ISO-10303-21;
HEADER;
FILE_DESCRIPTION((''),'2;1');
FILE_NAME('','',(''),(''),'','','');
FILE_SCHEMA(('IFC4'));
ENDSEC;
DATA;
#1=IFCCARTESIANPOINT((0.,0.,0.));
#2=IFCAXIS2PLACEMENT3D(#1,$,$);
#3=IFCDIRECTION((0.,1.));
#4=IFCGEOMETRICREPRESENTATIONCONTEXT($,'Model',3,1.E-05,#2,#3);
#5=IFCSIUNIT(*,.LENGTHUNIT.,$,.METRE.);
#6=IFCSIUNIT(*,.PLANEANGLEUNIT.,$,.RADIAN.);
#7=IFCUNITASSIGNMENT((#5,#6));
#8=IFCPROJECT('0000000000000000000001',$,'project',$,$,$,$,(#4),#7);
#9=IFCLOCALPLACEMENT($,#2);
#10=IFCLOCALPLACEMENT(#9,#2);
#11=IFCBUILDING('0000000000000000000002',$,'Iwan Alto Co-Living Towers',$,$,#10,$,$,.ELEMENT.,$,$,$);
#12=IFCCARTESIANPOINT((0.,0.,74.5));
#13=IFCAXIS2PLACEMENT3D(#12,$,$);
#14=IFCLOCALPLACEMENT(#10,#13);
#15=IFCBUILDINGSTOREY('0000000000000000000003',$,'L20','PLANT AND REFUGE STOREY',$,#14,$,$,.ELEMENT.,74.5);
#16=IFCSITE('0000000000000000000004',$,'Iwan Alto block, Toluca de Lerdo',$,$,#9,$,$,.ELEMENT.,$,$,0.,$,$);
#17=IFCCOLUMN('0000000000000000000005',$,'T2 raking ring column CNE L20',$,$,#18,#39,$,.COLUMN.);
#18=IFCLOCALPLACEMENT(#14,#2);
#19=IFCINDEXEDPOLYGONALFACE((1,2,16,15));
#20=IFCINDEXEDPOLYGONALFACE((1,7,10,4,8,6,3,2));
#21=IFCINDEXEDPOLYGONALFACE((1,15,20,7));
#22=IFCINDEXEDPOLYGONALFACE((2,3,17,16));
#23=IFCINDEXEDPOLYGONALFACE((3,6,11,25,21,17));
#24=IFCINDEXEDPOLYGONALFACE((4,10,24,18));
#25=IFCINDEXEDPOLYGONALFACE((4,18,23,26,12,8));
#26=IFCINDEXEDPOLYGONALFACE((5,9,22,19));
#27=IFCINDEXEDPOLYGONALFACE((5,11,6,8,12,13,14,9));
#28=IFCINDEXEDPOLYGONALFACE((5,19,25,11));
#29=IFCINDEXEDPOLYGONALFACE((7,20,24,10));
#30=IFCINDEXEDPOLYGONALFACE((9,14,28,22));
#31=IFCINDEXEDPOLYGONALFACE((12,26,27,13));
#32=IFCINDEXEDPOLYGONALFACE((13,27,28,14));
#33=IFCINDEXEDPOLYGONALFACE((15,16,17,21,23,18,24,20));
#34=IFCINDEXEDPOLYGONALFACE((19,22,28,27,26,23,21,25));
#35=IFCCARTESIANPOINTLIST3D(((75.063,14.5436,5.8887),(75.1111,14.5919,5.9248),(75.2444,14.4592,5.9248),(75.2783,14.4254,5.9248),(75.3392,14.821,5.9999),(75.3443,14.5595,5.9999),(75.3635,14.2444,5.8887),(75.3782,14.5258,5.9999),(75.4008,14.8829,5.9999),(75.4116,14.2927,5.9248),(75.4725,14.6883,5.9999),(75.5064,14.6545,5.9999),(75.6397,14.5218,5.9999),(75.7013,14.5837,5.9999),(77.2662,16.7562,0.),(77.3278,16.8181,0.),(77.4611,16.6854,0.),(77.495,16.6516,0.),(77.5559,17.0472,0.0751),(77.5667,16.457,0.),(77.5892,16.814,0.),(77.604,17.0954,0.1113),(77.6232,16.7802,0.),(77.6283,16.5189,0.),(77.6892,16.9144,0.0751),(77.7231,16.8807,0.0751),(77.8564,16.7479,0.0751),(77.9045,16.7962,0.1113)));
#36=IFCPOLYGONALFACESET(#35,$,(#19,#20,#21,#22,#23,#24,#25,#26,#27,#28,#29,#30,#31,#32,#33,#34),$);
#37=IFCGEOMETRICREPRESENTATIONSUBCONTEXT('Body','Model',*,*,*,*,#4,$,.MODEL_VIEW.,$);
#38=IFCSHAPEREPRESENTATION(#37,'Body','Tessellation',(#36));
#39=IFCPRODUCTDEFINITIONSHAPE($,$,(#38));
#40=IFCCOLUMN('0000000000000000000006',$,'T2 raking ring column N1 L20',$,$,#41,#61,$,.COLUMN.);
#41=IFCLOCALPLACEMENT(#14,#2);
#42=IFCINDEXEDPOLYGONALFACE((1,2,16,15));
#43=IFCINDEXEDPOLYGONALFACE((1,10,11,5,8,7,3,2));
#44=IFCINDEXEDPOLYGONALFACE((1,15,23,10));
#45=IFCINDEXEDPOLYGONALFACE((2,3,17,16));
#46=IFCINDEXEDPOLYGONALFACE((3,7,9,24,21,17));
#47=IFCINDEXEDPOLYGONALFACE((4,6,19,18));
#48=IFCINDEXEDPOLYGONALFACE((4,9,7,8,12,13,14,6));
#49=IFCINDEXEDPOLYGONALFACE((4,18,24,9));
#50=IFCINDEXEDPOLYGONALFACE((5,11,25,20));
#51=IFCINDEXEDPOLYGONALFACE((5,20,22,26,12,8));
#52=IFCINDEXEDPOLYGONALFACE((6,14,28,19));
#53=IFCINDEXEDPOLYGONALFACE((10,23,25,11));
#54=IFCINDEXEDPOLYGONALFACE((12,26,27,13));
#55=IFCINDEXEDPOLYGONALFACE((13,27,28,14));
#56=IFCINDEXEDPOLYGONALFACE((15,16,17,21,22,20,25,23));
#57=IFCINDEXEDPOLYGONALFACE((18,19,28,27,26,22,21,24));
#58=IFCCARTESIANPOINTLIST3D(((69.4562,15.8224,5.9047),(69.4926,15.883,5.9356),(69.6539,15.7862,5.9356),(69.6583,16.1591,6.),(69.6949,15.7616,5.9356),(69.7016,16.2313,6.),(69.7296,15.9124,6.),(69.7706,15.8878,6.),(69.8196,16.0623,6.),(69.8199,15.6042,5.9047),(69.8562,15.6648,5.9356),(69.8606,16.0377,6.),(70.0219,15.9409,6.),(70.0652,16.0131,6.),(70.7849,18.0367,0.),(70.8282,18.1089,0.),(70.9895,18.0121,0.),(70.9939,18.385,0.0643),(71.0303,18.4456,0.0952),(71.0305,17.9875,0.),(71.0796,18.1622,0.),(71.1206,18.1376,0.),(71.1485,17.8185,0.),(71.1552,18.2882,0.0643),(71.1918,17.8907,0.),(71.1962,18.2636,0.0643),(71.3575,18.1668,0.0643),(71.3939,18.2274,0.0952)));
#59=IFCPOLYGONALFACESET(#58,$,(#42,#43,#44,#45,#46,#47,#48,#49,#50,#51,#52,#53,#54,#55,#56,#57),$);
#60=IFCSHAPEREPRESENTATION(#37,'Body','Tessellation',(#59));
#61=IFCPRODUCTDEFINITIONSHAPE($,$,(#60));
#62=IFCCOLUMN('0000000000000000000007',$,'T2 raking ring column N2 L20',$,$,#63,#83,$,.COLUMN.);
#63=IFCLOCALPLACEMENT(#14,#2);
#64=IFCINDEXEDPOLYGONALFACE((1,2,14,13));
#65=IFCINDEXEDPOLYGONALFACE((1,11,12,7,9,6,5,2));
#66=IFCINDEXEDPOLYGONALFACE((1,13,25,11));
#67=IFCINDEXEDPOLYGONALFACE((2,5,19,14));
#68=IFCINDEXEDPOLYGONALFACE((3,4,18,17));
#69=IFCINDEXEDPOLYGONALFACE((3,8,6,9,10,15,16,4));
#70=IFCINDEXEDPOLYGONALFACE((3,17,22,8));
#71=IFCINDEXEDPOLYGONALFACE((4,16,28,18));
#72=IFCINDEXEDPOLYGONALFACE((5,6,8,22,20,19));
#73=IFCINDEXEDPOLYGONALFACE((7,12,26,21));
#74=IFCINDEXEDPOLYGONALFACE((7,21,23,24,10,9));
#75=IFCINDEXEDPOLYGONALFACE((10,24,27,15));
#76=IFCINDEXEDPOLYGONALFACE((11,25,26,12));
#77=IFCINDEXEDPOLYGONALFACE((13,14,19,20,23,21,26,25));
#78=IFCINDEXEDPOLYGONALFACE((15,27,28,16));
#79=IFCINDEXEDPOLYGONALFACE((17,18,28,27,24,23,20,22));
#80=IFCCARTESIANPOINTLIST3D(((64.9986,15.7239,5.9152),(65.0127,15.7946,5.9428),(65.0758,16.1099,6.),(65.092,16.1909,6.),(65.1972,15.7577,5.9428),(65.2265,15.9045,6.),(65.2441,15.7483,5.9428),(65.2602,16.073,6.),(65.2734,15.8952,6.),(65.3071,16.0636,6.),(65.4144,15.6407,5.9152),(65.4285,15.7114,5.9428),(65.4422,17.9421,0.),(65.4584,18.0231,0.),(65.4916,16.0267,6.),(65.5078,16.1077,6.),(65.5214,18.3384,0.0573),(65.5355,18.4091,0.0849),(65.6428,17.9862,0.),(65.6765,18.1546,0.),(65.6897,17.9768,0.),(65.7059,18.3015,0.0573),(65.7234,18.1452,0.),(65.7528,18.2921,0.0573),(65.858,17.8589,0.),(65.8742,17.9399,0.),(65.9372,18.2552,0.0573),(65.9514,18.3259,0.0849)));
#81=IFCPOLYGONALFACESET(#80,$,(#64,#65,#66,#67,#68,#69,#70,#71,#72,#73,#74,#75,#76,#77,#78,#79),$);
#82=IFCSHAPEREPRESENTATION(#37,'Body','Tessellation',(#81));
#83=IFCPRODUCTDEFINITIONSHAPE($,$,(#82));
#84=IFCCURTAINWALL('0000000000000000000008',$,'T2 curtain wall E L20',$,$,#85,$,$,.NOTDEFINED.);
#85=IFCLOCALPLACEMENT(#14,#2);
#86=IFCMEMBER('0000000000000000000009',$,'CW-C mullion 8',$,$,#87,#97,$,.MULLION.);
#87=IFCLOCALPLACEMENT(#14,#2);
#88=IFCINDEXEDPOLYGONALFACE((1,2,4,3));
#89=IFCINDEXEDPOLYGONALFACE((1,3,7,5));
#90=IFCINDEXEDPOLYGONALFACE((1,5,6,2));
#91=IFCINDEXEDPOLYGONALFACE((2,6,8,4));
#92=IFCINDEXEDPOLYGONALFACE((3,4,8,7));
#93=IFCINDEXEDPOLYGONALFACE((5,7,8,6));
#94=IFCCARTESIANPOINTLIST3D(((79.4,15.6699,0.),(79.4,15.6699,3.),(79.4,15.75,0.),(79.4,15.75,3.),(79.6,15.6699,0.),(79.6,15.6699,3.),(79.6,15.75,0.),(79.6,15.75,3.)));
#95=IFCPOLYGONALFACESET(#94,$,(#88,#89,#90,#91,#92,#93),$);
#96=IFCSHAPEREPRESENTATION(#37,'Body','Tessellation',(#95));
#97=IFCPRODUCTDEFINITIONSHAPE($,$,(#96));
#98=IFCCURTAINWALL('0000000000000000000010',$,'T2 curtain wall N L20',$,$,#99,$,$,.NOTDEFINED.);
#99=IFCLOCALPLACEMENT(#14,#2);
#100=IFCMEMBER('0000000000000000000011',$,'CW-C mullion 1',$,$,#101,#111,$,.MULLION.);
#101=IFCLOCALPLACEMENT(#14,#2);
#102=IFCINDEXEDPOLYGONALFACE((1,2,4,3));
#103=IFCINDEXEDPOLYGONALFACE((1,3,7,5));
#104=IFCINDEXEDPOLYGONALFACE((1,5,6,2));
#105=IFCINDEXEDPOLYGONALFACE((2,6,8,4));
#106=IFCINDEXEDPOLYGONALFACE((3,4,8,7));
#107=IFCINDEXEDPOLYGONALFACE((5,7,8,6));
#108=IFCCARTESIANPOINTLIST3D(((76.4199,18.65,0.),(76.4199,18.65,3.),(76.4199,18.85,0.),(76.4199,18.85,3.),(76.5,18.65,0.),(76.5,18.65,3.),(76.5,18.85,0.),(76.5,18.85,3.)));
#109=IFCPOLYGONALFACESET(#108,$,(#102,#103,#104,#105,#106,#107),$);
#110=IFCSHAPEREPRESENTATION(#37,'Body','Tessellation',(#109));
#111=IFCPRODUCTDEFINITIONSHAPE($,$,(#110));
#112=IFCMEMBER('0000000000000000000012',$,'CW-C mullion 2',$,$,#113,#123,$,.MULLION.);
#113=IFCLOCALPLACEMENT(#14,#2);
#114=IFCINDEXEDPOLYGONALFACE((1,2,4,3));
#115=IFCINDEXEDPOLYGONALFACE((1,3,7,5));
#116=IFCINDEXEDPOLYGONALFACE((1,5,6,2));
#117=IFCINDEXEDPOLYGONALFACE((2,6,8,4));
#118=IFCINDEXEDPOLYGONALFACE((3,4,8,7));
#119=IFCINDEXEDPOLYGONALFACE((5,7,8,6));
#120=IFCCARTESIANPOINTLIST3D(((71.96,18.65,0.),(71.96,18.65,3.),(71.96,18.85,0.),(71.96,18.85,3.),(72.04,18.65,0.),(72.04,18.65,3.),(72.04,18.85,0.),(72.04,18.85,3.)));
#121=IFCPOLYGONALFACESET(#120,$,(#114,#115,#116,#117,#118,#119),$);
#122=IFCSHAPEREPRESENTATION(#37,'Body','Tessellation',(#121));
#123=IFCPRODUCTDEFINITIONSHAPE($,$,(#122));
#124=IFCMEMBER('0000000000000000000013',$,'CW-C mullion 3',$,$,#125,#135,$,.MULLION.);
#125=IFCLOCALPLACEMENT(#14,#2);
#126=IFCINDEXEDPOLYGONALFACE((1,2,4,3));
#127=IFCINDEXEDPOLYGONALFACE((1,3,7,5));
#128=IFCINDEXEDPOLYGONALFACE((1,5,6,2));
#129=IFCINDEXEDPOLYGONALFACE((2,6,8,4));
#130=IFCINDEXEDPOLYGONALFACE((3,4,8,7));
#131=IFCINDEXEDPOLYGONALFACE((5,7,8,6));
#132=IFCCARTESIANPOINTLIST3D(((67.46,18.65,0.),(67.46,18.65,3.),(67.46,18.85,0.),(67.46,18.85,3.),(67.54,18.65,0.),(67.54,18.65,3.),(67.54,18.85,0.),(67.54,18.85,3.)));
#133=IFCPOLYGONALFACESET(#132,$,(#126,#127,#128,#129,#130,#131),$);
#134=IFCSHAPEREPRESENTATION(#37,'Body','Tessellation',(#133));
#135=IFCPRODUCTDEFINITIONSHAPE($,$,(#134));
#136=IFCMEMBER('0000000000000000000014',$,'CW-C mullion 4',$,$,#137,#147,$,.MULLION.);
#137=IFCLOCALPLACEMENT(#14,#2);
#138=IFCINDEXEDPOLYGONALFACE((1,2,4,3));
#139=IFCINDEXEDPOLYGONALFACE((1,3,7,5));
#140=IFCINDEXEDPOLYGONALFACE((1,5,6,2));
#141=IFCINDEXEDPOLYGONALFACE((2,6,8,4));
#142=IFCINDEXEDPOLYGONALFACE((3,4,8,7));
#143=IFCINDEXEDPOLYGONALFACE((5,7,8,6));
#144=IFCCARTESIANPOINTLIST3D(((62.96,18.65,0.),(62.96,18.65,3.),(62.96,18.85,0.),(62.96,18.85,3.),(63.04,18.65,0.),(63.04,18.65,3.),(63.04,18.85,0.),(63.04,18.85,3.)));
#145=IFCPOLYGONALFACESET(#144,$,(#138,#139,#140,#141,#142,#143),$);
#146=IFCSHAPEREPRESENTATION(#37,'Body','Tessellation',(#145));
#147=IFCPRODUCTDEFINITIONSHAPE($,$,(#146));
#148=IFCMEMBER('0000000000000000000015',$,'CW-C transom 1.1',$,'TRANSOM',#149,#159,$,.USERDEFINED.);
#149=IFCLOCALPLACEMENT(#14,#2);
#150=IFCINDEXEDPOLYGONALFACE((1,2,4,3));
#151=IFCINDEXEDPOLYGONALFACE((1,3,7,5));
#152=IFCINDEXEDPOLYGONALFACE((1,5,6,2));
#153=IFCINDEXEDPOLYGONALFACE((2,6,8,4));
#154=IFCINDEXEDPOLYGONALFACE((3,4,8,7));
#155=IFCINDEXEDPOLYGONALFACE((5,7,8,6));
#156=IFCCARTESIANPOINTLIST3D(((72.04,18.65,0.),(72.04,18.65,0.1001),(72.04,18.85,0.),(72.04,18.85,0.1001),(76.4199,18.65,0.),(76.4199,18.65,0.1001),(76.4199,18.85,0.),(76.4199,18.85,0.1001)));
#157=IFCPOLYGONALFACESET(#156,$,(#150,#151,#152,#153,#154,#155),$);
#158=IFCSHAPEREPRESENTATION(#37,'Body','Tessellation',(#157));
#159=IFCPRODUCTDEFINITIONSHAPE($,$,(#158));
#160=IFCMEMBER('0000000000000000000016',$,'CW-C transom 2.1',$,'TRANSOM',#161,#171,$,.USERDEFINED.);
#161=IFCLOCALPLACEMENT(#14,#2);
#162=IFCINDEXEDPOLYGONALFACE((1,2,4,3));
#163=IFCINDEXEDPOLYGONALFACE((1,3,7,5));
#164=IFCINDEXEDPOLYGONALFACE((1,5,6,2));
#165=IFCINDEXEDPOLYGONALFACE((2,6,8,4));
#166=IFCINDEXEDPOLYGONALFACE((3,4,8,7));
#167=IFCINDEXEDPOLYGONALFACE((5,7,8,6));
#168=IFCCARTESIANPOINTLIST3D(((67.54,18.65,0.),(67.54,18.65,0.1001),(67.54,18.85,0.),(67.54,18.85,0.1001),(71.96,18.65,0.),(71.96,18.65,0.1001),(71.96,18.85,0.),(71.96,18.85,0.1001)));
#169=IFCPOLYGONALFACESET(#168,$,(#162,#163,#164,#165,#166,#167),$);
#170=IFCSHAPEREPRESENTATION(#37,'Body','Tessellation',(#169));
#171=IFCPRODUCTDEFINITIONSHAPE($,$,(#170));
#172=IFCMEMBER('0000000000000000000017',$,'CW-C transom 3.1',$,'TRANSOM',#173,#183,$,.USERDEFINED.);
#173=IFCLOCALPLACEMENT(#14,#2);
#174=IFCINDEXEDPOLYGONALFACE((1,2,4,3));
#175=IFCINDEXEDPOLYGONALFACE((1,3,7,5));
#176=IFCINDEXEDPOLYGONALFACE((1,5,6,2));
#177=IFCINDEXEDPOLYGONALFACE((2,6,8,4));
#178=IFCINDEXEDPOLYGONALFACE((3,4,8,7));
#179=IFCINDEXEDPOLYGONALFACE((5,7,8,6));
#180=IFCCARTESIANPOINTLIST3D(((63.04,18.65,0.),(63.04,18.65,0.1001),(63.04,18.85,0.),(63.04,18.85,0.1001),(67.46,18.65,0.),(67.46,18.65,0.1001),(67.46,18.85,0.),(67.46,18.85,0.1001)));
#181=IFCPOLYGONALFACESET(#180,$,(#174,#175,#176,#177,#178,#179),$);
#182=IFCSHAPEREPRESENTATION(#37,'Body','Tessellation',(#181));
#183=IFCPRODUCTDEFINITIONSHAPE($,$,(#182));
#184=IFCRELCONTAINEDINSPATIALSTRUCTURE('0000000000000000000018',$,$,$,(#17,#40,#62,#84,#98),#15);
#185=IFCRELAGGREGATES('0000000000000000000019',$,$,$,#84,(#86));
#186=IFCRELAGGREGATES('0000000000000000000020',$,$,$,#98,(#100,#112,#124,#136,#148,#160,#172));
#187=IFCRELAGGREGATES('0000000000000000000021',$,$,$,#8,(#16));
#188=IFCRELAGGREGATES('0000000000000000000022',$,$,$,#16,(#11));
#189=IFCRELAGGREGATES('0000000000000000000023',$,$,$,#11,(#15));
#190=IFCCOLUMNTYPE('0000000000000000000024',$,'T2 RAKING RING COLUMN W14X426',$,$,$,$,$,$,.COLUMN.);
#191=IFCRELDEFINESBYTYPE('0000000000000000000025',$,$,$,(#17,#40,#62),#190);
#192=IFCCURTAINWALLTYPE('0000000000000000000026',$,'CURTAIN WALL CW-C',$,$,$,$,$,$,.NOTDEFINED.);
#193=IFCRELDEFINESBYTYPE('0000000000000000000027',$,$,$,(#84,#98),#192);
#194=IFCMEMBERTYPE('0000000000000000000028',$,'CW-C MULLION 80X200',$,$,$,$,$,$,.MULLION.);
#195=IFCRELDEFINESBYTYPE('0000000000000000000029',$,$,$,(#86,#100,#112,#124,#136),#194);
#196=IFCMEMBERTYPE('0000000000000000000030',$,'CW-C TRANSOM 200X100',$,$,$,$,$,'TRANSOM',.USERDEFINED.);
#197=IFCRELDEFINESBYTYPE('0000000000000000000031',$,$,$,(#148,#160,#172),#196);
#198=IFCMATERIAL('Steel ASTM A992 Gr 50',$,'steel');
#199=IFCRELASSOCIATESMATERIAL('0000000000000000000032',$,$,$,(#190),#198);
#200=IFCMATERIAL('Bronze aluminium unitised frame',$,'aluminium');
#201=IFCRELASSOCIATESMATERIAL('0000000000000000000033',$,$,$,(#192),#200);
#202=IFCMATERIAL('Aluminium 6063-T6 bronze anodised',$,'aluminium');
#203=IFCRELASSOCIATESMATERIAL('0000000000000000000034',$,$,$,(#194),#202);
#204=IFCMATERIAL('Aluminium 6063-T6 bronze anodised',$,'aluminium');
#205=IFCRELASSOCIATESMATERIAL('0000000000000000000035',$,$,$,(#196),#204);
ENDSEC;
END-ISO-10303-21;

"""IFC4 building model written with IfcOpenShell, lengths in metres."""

from ifc_helpers import new_model, si_unit, direction, frame, origin, origin_2d, place, context, subcontext, project, spatial, rectangle, i_section, extrude, clip, halfspace, material, material_profile, profile_set, type_object, element, aggregate, save


model = new_model("IFC4")

# Units and contexts
model_context = context("Model", 3, precision=1e-05, world=origin(), true_north=direction((0.0, 1.0)))
body_context = subcontext(model_context, "Body", "Model", "MODEL_VIEW")
ifc_project = project(units=[si_unit("LENGTHUNIT", "METRE"), si_unit("PLANEANGLEUNIT", "RADIAN")], contexts=[model_context])

# Site, building, storey
site_placement = place(None, origin())
site = spatial("IfcSite", under=ifc_project, at=site_placement, Name="Iwan Alto block, Toluca de Lerdo", CompositionType="ELEMENT", RefElevation=0.0)
building_placement = place(site_placement, origin())
building = spatial("IfcBuilding", under=site, at=building_placement, Name="Iwan Alto Co-Living Towers", CompositionType="ELEMENT")
storey_placement = place(building_placement, frame((0.0, 0.0, 74.5)))
storey = spatial("IfcBuildingStorey", under=building, at=storey_placement, Name="L20", Description="PLANT AND REFUGE STOREY", CompositionType="ELEMENT", Elevation=74.5)

# Columns
ifc_material_1 = material(Name="Steel ASTM A992 Gr 50", Category="steel")
ifc_material_profile_1 = material_profile(ifc_material_1, i_section(OverallWidth=0.4241, OverallDepth=0.4751, WebThickness=0.0479, FlangeThickness=0.0771, at=origin_2d()), Name="W14X426")
ifc_profile_set_1 = profile_set([ifc_material_profile_1], Name="Steel ASTM A992 Gr 50")
column_type = type_object("IfcColumnType", Name="T2 RAKING RING COLUMN W14X426", PredefinedType="COLUMN", material=ifc_profile_set_1)
column_1_placement = place(storey_placement, frame((77.6062, 16.7971, 0.0), z_axis=(-0.330551, -0.331953, 0.883483), x_axis=(0.708602, -0.705609, 0.0)))
element("IfcColumn", 1, at=column_1_placement, inside=storey, type_object=column_type, Name="T2 raking ring column CNE L20", PredefinedType="COLUMN", context=body_context, shape_type="Clipping", body=[
    clip(clip(extrude(i_section(OverallWidth=0.4241, OverallDepth=0.4751, WebThickness=0.0479, FlangeThickness=0.0771, at=origin_2d()), origin(), (0.0, 0.0, 1.0), 6.7913), halfspace(frame((0.0, 0.0, 0.0), z_axis=(0.0, -0.468463, -0.883483), x_axis=(0.708602, 0.623394, -0.330551)), False)), halfspace(frame((0.0, 2.8108, 5.3008), z_axis=(0.0, 0.468463, 0.883483), x_axis=(0.708602, 0.623394, -0.330551)), False)),
])
column_2_placement = place(storey_placement, frame((71.1001, 18.1499, 0.0), z_axis=(-0.206163, -0.34358, 0.916215), x_axis=(0.857477, -0.514523, 0.0)))
element("IfcColumn", 2, at=column_2_placement, inside=storey, type_object=column_type, Name="T2 raking ring column N1 L20", PredefinedType="COLUMN", context=body_context, shape_type="Clipping", body=[
    clip(clip(extrude(i_section(OverallWidth=0.4241, OverallDepth=0.4751, WebThickness=0.0479, FlangeThickness=0.0771, at=origin_2d()), origin(), (0.0, 0.0, 1.0), 6.5486), halfspace(frame((0.0, 0.0, 0.0), z_axis=(0.0, -0.400688, -0.916215), x_axis=(0.857477, 0.471414, -0.206163)), False)), halfspace(frame((0.0, 2.4041, 5.4973), z_axis=(0.0, 0.400688, 0.916215), x_axis=(0.857477, 0.471414, -0.206163)), False)),
])
column_3_placement = place(storey_placement, frame((65.7, 18.1499, 0.0), z_axis=(-0.070045, -0.350261, 0.934029), x_axis=(0.980585, -0.196096, 0.0)))
element("IfcColumn", 3, at=column_3_placement, inside=storey, type_object=column_type, Name="T2 raking ring column N2 L20", PredefinedType="COLUMN", context=body_context, shape_type="Clipping", body=[
    clip(clip(extrude(i_section(OverallWidth=0.4241, OverallDepth=0.4751, WebThickness=0.0479, FlangeThickness=0.0771, at=origin_2d()), origin(), (0.0, 0.0, 1.0), 6.4238), halfspace(frame((0.0, 0.0, 0.0), z_axis=(0.0, -0.357196, -0.934029), x_axis=(0.980585, 0.183159, -0.070045)), False)), halfspace(frame((0.0, 2.1431, 5.6042), z_axis=(0.0, 0.357196, 0.934029), x_axis=(0.980585, 0.183159, -0.070045)), False)),
])

# Curtain wall, member
ifc_material_2 = material(Name="Bronze aluminium unitised frame", Category="aluminium")
curtain_wall_type = type_object("IfcCurtainWallType", Name="CURTAIN WALL CW-C", PredefinedType="NOTDEFINED", material=ifc_material_2)
curtain_wall_1_placement = place(storey_placement, origin())
curtain_wall_1 = element("IfcCurtainWall", 4, at=curtain_wall_1_placement, inside=storey, type_object=curtain_wall_type, Name="T2 curtain wall E L20", PredefinedType="NOTDEFINED")
ifc_material_3 = material(Name="Aluminium 6063-T6 bronze anodised", Category="aluminium")
ifc_material_profile_2 = material_profile(ifc_material_3, rectangle(XDim=0.2, YDim=0.0801, at=origin_2d()), Name="AL 80X200")
ifc_profile_set_2 = profile_set([ifc_material_profile_2], Name="Aluminium 6063-T6 bronze anodised")
member_type_1 = type_object("IfcMemberType", Name="CW-C MULLION 80X200", PredefinedType="MULLION", material=ifc_profile_set_2)
member_1_placement = place(storey_placement, frame((79.5, 15.71, 0.0), z_axis=(0.0, 0.0, 1.0), x_axis=(-1.0, 0.0, 0.0)))
member_1 = element("IfcMember", 5, at=member_1_placement, type_object=member_type_1, Name="CW-C mullion 8", PredefinedType="MULLION", context=body_context, shape_type="SweptSolid", body=[
    extrude(rectangle(XDim=0.2, YDim=0.0801, at=origin_2d()), origin(), (0.0, 0.0, 1.0), 3.0),
])
aggregate(curtain_wall_1, [member_1])

# Curtain wall, members
curtain_wall_2_placement = place(storey_placement, origin())
curtain_wall_2 = element("IfcCurtainWall", 6, at=curtain_wall_2_placement, inside=storey, type_object=curtain_wall_type, Name="T2 curtain wall N L20", PredefinedType="NOTDEFINED")
member_2_placement = place(storey_placement, frame((76.46, 18.75, 0.0), z_axis=(0.0, 0.0, 1.0), x_axis=(0.0, -1.0, 0.0)))
member_2 = element("IfcMember", 7, at=member_2_placement, type_object=member_type_1, Name="CW-C mullion 1", PredefinedType="MULLION", context=body_context, shape_type="SweptSolid", body=[
    extrude(rectangle(XDim=0.2, YDim=0.0801, at=origin_2d()), origin(), (0.0, 0.0, 1.0), 3.0),
])
member_3_placement = place(storey_placement, frame((72.0, 18.75, 0.0), z_axis=(0.0, 0.0, 1.0), x_axis=(0.0, -1.0, 0.0)))
member_3 = element("IfcMember", 8, at=member_3_placement, type_object=member_type_1, Name="CW-C mullion 2", PredefinedType="MULLION", context=body_context, shape_type="SweptSolid", body=[
    extrude(rectangle(XDim=0.2, YDim=0.0801, at=origin_2d()), origin(), (0.0, 0.0, 1.0), 3.0),
])
member_4_placement = place(storey_placement, frame((67.5, 18.75, 0.0), z_axis=(0.0, 0.0, 1.0), x_axis=(0.0, -1.0, 0.0)))
member_4 = element("IfcMember", 9, at=member_4_placement, type_object=member_type_1, Name="CW-C mullion 3", PredefinedType="MULLION", context=body_context, shape_type="SweptSolid", body=[
    extrude(rectangle(XDim=0.2, YDim=0.0801, at=origin_2d()), origin(), (0.0, 0.0, 1.0), 3.0),
])
member_5_placement = place(storey_placement, frame((63.0, 18.75, 0.0), z_axis=(0.0, 0.0, 1.0), x_axis=(0.0, -1.0, 0.0)))
member_5 = element("IfcMember", 10, at=member_5_placement, type_object=member_type_1, Name="CW-C mullion 4", PredefinedType="MULLION", context=body_context, shape_type="SweptSolid", body=[
    extrude(rectangle(XDim=0.2, YDim=0.0801, at=origin_2d()), origin(), (0.0, 0.0, 1.0), 3.0),
])
ifc_material_4 = material(Name="Aluminium 6063-T6 bronze anodised", Category="aluminium")
ifc_material_profile_3 = material_profile(ifc_material_4, rectangle(XDim=0.2, YDim=0.1001, at=origin_2d()), Name="AL 200X100")
ifc_profile_set_3 = profile_set([ifc_material_profile_3], Name="Aluminium 6063-T6 bronze anodised")
member_type_2 = type_object("IfcMemberType", Name="CW-C TRANSOM 200X100", ElementType="TRANSOM", PredefinedType="USERDEFINED", material=ifc_profile_set_3)
member_6_placement = place(storey_placement, frame((76.4199, 18.75, 0.05), z_axis=(-1.0, 0.0, 0.0), x_axis=(0.0, -1.0, 0.0)))
member_6 = element("IfcMember", 11, at=member_6_placement, type_object=member_type_2, Name="CW-C transom 1.1", ObjectType="TRANSOM", PredefinedType="USERDEFINED", context=body_context, shape_type="SweptSolid", body=[
    extrude(rectangle(XDim=0.2, YDim=0.1001, at=origin_2d()), origin(), (0.0, 0.0, 1.0), 4.3799),
])
member_7_placement = place(storey_placement, frame((71.96, 18.75, 0.05), z_axis=(-1.0, 0.0, 0.0), x_axis=(0.0, -1.0, 0.0)))
member_7 = element("IfcMember", 12, at=member_7_placement, type_object=member_type_2, Name="CW-C transom 2.1", ObjectType="TRANSOM", PredefinedType="USERDEFINED", context=body_context, shape_type="SweptSolid", body=[
    extrude(rectangle(XDim=0.2, YDim=0.1001, at=origin_2d()), origin(), (0.0, 0.0, 1.0), 4.4199),
])
member_8_placement = place(storey_placement, frame((67.46, 18.75, 0.05), z_axis=(-1.0, 0.0, 0.0), x_axis=(0.0, -1.0, 0.0)))
member_8 = element("IfcMember", 13, at=member_8_placement, type_object=member_type_2, Name="CW-C transom 3.1", ObjectType="TRANSOM", PredefinedType="USERDEFINED", context=body_context, shape_type="SweptSolid", body=[
    extrude(rectangle(XDim=0.2, YDim=0.1001, at=origin_2d()), origin(), (0.0, 0.0, 1.0), 4.4199),
])

aggregate(curtain_wall_2, [member_2, member_3, member_4, member_5, member_6, member_7, member_8])

save(model, "model.ifc")
